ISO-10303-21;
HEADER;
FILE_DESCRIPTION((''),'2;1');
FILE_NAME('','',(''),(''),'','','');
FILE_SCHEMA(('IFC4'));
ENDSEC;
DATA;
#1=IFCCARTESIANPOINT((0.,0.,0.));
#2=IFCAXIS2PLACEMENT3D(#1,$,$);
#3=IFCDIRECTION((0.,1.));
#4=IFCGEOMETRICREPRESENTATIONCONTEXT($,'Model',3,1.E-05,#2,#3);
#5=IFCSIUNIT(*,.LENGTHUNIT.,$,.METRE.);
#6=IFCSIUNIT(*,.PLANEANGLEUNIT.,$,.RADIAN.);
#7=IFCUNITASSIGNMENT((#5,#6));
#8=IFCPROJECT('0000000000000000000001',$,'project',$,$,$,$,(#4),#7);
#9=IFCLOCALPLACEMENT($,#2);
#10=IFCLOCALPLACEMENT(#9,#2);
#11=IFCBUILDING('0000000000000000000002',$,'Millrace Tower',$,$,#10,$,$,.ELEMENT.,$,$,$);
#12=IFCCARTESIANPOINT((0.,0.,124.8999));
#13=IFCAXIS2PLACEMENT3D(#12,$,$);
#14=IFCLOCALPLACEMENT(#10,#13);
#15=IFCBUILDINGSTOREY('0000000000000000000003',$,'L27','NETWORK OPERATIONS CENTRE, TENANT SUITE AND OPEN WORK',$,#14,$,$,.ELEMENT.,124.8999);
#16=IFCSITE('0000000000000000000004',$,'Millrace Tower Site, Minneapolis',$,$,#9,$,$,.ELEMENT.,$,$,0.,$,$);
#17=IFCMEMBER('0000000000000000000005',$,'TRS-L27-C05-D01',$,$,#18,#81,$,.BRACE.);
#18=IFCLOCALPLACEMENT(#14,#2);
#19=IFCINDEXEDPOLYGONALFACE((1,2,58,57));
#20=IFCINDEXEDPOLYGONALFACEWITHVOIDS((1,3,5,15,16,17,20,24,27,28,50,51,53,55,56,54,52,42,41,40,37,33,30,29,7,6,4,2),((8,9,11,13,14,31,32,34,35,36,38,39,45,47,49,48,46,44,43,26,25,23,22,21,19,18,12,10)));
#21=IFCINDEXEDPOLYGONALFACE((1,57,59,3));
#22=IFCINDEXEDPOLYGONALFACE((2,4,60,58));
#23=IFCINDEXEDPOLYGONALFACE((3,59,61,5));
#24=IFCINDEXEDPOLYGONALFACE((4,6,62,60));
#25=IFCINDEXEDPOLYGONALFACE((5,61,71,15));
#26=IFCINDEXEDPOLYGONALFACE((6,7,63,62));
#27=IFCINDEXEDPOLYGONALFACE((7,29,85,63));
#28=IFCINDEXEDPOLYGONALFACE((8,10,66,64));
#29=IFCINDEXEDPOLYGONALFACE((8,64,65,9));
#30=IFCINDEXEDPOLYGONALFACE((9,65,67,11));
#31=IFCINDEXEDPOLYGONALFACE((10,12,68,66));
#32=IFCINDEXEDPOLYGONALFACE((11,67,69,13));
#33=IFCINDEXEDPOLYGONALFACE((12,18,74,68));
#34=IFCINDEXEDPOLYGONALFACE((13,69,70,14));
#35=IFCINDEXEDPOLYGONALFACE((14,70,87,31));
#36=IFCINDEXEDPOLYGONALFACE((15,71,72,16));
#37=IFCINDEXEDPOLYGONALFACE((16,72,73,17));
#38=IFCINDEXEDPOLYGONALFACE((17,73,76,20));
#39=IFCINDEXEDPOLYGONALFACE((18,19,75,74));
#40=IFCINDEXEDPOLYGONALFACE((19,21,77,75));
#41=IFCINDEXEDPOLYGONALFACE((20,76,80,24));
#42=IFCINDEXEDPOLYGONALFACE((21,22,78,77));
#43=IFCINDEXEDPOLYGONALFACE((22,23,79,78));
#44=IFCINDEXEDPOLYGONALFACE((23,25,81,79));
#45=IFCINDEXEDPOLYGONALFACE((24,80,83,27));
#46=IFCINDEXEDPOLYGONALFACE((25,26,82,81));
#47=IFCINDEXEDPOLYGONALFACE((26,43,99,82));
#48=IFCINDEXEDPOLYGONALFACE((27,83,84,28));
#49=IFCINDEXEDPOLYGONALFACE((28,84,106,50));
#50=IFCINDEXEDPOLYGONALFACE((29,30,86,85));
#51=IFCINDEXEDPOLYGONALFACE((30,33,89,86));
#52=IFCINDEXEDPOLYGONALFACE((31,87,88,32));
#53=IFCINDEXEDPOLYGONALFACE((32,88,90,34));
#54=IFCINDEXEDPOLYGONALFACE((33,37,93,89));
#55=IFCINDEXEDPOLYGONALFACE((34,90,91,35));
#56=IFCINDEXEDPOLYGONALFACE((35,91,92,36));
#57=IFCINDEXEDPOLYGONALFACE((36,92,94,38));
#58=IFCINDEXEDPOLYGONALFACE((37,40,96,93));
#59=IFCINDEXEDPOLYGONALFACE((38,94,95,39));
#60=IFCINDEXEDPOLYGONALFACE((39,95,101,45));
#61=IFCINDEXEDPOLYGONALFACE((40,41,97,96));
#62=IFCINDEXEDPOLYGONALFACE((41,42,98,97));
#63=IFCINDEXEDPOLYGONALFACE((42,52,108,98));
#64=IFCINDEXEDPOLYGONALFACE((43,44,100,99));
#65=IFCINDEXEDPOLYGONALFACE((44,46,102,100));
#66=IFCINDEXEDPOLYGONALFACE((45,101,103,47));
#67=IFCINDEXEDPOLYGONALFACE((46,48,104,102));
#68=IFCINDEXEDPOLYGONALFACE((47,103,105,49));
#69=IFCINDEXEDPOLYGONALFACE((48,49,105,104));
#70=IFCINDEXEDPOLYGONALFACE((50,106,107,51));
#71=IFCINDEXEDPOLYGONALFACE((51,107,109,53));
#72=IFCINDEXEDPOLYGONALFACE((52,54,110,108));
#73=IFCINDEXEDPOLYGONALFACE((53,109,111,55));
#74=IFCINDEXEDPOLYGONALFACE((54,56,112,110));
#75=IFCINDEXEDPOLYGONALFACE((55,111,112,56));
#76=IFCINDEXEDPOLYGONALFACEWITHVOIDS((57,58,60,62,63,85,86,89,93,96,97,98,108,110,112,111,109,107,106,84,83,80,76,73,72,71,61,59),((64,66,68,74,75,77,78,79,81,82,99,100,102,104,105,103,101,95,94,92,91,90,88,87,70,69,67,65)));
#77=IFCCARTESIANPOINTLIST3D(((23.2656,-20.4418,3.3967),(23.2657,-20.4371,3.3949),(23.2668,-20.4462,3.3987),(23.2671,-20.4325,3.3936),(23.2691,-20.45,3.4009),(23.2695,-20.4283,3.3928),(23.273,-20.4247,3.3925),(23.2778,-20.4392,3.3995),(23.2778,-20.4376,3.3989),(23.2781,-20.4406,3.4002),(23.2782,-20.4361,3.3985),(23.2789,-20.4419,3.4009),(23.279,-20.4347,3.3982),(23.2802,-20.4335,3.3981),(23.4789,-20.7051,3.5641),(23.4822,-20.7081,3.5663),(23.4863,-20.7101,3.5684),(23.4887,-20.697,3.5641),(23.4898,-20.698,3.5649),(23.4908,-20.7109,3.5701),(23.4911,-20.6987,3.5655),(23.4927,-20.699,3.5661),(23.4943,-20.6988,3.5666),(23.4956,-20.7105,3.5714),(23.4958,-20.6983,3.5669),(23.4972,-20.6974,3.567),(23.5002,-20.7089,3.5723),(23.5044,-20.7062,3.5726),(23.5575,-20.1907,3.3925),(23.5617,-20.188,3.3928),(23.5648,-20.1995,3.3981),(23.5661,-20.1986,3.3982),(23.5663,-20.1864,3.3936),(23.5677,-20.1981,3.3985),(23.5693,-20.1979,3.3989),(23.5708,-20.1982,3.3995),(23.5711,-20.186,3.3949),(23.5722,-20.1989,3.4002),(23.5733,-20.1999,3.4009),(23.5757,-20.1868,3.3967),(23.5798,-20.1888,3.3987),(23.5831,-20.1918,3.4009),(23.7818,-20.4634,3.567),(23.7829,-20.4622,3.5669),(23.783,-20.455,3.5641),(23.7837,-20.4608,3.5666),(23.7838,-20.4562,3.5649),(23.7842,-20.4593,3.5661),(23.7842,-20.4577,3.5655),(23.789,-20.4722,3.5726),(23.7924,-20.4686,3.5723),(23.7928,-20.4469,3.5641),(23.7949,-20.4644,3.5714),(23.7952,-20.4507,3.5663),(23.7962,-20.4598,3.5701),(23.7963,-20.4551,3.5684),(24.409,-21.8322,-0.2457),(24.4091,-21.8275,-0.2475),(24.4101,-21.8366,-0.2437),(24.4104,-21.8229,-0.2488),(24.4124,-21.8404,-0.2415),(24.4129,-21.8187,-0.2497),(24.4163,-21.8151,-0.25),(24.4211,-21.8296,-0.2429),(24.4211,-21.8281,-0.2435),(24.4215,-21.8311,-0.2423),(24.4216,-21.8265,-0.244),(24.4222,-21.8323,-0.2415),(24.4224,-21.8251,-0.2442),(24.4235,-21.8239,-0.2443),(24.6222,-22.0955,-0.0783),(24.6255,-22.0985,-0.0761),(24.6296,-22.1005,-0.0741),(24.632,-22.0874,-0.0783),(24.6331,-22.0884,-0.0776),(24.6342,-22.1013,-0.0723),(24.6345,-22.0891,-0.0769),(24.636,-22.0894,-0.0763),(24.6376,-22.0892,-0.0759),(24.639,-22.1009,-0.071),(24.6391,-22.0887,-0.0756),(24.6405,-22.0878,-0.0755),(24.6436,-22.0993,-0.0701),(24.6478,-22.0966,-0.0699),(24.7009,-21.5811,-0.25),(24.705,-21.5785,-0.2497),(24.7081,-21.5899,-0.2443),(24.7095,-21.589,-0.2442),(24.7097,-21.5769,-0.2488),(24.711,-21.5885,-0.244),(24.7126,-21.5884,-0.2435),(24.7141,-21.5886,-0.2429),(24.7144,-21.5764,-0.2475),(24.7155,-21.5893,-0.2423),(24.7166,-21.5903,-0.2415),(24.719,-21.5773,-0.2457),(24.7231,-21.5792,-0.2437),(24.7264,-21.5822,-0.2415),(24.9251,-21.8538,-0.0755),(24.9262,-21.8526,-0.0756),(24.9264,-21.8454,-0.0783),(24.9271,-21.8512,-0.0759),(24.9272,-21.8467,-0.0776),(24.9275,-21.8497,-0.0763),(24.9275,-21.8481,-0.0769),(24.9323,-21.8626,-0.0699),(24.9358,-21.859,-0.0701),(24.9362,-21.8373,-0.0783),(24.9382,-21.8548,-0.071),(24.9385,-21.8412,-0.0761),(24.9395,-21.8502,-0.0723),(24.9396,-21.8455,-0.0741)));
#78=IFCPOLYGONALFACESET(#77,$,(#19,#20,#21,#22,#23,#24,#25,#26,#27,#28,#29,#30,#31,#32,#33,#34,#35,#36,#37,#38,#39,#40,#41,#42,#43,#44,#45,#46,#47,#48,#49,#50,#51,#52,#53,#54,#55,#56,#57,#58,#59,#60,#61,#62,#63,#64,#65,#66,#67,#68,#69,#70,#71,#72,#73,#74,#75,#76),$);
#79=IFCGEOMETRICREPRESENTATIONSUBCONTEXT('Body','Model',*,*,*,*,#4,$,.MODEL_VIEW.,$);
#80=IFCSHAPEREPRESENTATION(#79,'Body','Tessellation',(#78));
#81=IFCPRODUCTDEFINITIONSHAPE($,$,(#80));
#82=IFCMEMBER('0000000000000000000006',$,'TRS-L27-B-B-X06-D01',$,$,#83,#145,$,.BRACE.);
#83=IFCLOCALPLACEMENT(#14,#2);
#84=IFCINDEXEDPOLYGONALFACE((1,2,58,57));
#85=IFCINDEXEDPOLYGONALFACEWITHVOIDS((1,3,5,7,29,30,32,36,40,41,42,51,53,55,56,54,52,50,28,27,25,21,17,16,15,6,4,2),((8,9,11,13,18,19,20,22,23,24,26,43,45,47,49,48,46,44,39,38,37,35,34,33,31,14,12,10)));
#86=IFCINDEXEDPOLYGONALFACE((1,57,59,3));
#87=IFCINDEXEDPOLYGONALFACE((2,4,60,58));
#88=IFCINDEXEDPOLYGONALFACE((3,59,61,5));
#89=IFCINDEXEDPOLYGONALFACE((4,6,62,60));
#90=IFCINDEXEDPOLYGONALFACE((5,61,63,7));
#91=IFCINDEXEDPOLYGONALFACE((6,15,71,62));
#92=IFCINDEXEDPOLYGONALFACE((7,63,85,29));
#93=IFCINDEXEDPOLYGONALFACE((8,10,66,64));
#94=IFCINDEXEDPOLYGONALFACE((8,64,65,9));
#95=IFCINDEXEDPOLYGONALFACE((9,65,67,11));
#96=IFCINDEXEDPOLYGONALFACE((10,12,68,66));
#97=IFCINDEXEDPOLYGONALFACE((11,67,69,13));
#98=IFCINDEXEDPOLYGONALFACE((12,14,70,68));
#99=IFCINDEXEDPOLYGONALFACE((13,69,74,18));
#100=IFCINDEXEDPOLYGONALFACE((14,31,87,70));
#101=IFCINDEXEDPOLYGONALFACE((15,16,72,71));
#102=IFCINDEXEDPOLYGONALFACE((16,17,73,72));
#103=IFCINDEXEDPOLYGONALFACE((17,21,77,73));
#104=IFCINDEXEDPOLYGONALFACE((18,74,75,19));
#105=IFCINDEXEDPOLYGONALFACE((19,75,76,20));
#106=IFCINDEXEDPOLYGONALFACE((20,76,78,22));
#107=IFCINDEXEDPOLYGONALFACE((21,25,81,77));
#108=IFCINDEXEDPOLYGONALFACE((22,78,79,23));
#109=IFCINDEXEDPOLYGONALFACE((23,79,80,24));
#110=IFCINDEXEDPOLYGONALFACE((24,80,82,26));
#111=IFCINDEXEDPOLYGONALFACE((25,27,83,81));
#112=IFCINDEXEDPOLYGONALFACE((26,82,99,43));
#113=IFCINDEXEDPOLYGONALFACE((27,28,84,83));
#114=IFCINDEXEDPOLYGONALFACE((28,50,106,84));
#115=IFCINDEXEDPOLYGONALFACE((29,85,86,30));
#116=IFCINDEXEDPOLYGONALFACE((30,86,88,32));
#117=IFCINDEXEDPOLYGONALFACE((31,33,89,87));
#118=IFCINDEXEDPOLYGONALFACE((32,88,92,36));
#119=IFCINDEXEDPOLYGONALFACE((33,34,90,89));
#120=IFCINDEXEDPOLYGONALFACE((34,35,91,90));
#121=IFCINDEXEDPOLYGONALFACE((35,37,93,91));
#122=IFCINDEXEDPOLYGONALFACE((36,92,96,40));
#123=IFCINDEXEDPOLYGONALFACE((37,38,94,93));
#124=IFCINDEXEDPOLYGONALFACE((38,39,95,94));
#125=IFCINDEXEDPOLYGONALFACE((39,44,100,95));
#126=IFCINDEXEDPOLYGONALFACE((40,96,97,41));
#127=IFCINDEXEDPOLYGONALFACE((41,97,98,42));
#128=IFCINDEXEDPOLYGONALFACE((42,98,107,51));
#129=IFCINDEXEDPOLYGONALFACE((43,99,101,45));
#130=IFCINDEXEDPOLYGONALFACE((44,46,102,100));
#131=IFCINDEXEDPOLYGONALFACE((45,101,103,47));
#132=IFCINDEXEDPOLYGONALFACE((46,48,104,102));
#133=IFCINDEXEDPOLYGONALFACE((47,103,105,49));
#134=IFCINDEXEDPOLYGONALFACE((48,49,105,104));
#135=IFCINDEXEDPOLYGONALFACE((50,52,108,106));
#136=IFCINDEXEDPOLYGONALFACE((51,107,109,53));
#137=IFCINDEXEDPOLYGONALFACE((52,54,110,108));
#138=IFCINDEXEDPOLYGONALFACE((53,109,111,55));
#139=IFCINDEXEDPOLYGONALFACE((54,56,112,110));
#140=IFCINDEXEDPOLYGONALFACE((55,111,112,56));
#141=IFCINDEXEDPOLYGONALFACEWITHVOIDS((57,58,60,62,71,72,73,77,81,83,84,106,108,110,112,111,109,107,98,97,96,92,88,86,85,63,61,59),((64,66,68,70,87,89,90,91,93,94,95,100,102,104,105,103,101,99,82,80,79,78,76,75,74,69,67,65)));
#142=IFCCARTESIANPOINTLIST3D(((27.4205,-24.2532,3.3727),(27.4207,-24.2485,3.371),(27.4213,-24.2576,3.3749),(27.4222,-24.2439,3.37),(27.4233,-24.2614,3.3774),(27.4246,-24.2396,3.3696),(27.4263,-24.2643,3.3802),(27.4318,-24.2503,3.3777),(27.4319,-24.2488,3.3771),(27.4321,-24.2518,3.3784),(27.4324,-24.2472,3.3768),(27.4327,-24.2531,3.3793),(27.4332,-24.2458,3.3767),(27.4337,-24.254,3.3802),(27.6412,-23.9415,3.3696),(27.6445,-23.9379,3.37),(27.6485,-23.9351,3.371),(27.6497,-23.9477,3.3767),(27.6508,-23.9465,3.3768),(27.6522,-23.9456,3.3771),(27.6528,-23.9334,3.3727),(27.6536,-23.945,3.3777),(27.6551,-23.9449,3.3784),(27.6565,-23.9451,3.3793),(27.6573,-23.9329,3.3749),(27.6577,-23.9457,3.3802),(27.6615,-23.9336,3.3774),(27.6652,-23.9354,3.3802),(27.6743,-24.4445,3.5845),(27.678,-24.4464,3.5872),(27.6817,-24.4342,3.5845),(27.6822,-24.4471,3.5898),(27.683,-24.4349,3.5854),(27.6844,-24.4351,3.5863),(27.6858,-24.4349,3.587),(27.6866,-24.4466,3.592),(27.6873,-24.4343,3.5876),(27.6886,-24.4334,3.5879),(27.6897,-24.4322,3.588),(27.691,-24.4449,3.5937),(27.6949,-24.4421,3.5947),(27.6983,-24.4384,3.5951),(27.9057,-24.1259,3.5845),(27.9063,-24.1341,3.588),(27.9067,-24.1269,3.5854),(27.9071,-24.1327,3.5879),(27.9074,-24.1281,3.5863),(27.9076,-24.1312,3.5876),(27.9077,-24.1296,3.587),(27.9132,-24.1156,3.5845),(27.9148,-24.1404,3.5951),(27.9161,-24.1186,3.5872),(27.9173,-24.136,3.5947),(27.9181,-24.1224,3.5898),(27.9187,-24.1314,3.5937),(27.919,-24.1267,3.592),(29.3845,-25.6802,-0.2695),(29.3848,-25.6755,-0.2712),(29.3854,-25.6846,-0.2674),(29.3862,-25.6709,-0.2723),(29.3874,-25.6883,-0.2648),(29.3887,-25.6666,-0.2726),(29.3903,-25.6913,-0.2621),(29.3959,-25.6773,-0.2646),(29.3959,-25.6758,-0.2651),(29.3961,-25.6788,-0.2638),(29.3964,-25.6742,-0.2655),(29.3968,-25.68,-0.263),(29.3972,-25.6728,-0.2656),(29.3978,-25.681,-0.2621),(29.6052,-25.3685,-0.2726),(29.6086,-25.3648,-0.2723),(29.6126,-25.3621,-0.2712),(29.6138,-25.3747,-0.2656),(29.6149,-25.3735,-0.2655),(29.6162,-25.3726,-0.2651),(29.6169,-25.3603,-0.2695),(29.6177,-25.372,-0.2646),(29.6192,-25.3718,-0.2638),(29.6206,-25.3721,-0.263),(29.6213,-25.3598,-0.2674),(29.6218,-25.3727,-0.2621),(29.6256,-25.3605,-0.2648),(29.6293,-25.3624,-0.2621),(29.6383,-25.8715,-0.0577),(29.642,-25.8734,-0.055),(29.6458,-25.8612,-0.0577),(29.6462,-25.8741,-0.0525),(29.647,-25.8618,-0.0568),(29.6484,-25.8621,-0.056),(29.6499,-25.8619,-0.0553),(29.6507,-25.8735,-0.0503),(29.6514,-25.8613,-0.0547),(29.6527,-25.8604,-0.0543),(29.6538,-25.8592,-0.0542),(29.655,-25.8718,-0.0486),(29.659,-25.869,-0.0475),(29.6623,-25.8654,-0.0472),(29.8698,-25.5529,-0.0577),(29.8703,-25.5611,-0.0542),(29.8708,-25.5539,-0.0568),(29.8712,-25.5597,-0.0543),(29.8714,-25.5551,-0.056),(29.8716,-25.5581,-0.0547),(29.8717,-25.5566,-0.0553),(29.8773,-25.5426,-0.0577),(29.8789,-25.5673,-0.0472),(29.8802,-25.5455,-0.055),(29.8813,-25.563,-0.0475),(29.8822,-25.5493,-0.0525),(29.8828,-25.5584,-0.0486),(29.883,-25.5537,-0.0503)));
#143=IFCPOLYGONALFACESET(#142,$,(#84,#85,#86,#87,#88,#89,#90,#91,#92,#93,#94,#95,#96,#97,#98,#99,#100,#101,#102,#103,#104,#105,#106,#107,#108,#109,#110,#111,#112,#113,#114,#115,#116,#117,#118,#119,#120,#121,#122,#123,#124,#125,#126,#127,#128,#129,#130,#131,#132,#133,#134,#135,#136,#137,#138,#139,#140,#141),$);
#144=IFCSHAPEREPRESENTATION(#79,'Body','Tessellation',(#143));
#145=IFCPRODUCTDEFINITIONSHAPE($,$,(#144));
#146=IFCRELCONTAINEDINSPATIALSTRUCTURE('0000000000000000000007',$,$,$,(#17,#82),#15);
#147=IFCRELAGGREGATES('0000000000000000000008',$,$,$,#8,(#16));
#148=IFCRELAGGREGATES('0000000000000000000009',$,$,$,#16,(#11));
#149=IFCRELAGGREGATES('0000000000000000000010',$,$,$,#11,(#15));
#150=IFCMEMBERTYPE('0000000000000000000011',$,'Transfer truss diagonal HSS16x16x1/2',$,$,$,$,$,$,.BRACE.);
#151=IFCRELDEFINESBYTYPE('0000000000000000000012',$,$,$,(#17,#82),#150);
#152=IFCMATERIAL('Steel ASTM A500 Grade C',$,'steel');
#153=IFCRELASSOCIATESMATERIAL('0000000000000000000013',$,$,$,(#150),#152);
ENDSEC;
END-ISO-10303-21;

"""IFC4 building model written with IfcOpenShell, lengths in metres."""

from ifc_helpers import new_model, si_unit, direction, frame, origin, origin_2d, place, context, subcontext, project, spatial, hollow_rectangle, extrude, material, material_profile, profile_set, type_object, element, save


model = new_model("IFC4")

# Units and contexts
model_context = context("Model", 3, precision=1e-05, world=origin(), true_north=direction((0.0, 1.0)))
body_context = subcontext(model_context, "Body", "Model", "MODEL_VIEW")
ifc_project = project(units=[si_unit("LENGTHUNIT", "METRE"), si_unit("PLANEANGLEUNIT", "RADIAN")], contexts=[model_context])

# Site, building, storey
site_placement = place(None, origin())
site = spatial("IfcSite", under=ifc_project, at=site_placement, Name="Millrace Tower Site, Minneapolis", CompositionType="ELEMENT", RefElevation=0.0)
building_placement = place(site_placement, origin())
building = spatial("IfcBuilding", under=site, at=building_placement, Name="Millrace Tower", CompositionType="ELEMENT")
storey_placement = place(building_placement, frame((0.0, 0.0, 124.8999)))
storey = spatial("IfcBuildingStorey", under=building, at=storey_placement, Name="L27", Description="NETWORK OPERATIONS CENTRE, TENANT SUITE AND OPEN WORK", CompositionType="ELEMENT", Elevation=124.8999)

# Members
ifc_material_1 = material(Name="Steel ASTM A500 Grade C", Category="steel")
ifc_material_profile_1 = material_profile(ifc_material_1, hollow_rectangle(XDim=0.4065, YDim=0.4065, WallThickness=0.0127, InnerFilletRadius=0.0063, OuterFilletRadius=0.019, at=origin_2d()))
ifc_profile_set_1 = profile_set([ifc_material_profile_1], Name="Steel ASTM A500 Grade C")
member_type_1 = type_object("IfcMemberType", Name="Transfer truss diagonal HSS16x16x1/2", PredefinedType="BRACE", material=ifc_profile_set_1)
member_placement = place(storey_placement, frame((24.6743, -21.8389, -0.1599), z_axis=(-0.281405, 0.342216, 0.896493), x_axis=(-0.772396, -0.635141, 0.0)))
element("IfcMember", 1, at=member_placement, inside=storey, type_object=member_type_1, Name="TRS-L27-C05-D01", PredefinedType="BRACE", context=body_context, shape_type="SweptSolid", body=[
    extrude(hollow_rectangle(XDim=0.4065, YDim=0.4065, WallThickness=0.0127, InnerFilletRadius=0.0063, OuterFilletRadius=0.019, at=origin_2d()), origin(), (0.0, 0.0, 1.0), 4.063),
])
for number, where, z_axis, x_axis, name in (
    (2, (29.6338, -25.6169, -0.1599), (-0.448705, 0.326001, 0.832098), (-0.587783, -0.809019, 0.0), "TRS-L27-B-B-X06-D01"),
):
    element("IfcMember", number, at=place(storey_placement, frame(where, z_axis=z_axis, x_axis=x_axis)), inside=storey, type_object=member_type_1, Name=name, PredefinedType="BRACE", context=body_context, shape_type="SweptSolid", body=[
        extrude(hollow_rectangle(XDim=0.4065, YDim=0.4065, WallThickness=0.0127, InnerFilletRadius=0.0063, OuterFilletRadius=0.019, at=origin_2d()), origin(), (0.0, 0.0, 1.0), 4.3772),
    ])

save(model, "model.ifc")
